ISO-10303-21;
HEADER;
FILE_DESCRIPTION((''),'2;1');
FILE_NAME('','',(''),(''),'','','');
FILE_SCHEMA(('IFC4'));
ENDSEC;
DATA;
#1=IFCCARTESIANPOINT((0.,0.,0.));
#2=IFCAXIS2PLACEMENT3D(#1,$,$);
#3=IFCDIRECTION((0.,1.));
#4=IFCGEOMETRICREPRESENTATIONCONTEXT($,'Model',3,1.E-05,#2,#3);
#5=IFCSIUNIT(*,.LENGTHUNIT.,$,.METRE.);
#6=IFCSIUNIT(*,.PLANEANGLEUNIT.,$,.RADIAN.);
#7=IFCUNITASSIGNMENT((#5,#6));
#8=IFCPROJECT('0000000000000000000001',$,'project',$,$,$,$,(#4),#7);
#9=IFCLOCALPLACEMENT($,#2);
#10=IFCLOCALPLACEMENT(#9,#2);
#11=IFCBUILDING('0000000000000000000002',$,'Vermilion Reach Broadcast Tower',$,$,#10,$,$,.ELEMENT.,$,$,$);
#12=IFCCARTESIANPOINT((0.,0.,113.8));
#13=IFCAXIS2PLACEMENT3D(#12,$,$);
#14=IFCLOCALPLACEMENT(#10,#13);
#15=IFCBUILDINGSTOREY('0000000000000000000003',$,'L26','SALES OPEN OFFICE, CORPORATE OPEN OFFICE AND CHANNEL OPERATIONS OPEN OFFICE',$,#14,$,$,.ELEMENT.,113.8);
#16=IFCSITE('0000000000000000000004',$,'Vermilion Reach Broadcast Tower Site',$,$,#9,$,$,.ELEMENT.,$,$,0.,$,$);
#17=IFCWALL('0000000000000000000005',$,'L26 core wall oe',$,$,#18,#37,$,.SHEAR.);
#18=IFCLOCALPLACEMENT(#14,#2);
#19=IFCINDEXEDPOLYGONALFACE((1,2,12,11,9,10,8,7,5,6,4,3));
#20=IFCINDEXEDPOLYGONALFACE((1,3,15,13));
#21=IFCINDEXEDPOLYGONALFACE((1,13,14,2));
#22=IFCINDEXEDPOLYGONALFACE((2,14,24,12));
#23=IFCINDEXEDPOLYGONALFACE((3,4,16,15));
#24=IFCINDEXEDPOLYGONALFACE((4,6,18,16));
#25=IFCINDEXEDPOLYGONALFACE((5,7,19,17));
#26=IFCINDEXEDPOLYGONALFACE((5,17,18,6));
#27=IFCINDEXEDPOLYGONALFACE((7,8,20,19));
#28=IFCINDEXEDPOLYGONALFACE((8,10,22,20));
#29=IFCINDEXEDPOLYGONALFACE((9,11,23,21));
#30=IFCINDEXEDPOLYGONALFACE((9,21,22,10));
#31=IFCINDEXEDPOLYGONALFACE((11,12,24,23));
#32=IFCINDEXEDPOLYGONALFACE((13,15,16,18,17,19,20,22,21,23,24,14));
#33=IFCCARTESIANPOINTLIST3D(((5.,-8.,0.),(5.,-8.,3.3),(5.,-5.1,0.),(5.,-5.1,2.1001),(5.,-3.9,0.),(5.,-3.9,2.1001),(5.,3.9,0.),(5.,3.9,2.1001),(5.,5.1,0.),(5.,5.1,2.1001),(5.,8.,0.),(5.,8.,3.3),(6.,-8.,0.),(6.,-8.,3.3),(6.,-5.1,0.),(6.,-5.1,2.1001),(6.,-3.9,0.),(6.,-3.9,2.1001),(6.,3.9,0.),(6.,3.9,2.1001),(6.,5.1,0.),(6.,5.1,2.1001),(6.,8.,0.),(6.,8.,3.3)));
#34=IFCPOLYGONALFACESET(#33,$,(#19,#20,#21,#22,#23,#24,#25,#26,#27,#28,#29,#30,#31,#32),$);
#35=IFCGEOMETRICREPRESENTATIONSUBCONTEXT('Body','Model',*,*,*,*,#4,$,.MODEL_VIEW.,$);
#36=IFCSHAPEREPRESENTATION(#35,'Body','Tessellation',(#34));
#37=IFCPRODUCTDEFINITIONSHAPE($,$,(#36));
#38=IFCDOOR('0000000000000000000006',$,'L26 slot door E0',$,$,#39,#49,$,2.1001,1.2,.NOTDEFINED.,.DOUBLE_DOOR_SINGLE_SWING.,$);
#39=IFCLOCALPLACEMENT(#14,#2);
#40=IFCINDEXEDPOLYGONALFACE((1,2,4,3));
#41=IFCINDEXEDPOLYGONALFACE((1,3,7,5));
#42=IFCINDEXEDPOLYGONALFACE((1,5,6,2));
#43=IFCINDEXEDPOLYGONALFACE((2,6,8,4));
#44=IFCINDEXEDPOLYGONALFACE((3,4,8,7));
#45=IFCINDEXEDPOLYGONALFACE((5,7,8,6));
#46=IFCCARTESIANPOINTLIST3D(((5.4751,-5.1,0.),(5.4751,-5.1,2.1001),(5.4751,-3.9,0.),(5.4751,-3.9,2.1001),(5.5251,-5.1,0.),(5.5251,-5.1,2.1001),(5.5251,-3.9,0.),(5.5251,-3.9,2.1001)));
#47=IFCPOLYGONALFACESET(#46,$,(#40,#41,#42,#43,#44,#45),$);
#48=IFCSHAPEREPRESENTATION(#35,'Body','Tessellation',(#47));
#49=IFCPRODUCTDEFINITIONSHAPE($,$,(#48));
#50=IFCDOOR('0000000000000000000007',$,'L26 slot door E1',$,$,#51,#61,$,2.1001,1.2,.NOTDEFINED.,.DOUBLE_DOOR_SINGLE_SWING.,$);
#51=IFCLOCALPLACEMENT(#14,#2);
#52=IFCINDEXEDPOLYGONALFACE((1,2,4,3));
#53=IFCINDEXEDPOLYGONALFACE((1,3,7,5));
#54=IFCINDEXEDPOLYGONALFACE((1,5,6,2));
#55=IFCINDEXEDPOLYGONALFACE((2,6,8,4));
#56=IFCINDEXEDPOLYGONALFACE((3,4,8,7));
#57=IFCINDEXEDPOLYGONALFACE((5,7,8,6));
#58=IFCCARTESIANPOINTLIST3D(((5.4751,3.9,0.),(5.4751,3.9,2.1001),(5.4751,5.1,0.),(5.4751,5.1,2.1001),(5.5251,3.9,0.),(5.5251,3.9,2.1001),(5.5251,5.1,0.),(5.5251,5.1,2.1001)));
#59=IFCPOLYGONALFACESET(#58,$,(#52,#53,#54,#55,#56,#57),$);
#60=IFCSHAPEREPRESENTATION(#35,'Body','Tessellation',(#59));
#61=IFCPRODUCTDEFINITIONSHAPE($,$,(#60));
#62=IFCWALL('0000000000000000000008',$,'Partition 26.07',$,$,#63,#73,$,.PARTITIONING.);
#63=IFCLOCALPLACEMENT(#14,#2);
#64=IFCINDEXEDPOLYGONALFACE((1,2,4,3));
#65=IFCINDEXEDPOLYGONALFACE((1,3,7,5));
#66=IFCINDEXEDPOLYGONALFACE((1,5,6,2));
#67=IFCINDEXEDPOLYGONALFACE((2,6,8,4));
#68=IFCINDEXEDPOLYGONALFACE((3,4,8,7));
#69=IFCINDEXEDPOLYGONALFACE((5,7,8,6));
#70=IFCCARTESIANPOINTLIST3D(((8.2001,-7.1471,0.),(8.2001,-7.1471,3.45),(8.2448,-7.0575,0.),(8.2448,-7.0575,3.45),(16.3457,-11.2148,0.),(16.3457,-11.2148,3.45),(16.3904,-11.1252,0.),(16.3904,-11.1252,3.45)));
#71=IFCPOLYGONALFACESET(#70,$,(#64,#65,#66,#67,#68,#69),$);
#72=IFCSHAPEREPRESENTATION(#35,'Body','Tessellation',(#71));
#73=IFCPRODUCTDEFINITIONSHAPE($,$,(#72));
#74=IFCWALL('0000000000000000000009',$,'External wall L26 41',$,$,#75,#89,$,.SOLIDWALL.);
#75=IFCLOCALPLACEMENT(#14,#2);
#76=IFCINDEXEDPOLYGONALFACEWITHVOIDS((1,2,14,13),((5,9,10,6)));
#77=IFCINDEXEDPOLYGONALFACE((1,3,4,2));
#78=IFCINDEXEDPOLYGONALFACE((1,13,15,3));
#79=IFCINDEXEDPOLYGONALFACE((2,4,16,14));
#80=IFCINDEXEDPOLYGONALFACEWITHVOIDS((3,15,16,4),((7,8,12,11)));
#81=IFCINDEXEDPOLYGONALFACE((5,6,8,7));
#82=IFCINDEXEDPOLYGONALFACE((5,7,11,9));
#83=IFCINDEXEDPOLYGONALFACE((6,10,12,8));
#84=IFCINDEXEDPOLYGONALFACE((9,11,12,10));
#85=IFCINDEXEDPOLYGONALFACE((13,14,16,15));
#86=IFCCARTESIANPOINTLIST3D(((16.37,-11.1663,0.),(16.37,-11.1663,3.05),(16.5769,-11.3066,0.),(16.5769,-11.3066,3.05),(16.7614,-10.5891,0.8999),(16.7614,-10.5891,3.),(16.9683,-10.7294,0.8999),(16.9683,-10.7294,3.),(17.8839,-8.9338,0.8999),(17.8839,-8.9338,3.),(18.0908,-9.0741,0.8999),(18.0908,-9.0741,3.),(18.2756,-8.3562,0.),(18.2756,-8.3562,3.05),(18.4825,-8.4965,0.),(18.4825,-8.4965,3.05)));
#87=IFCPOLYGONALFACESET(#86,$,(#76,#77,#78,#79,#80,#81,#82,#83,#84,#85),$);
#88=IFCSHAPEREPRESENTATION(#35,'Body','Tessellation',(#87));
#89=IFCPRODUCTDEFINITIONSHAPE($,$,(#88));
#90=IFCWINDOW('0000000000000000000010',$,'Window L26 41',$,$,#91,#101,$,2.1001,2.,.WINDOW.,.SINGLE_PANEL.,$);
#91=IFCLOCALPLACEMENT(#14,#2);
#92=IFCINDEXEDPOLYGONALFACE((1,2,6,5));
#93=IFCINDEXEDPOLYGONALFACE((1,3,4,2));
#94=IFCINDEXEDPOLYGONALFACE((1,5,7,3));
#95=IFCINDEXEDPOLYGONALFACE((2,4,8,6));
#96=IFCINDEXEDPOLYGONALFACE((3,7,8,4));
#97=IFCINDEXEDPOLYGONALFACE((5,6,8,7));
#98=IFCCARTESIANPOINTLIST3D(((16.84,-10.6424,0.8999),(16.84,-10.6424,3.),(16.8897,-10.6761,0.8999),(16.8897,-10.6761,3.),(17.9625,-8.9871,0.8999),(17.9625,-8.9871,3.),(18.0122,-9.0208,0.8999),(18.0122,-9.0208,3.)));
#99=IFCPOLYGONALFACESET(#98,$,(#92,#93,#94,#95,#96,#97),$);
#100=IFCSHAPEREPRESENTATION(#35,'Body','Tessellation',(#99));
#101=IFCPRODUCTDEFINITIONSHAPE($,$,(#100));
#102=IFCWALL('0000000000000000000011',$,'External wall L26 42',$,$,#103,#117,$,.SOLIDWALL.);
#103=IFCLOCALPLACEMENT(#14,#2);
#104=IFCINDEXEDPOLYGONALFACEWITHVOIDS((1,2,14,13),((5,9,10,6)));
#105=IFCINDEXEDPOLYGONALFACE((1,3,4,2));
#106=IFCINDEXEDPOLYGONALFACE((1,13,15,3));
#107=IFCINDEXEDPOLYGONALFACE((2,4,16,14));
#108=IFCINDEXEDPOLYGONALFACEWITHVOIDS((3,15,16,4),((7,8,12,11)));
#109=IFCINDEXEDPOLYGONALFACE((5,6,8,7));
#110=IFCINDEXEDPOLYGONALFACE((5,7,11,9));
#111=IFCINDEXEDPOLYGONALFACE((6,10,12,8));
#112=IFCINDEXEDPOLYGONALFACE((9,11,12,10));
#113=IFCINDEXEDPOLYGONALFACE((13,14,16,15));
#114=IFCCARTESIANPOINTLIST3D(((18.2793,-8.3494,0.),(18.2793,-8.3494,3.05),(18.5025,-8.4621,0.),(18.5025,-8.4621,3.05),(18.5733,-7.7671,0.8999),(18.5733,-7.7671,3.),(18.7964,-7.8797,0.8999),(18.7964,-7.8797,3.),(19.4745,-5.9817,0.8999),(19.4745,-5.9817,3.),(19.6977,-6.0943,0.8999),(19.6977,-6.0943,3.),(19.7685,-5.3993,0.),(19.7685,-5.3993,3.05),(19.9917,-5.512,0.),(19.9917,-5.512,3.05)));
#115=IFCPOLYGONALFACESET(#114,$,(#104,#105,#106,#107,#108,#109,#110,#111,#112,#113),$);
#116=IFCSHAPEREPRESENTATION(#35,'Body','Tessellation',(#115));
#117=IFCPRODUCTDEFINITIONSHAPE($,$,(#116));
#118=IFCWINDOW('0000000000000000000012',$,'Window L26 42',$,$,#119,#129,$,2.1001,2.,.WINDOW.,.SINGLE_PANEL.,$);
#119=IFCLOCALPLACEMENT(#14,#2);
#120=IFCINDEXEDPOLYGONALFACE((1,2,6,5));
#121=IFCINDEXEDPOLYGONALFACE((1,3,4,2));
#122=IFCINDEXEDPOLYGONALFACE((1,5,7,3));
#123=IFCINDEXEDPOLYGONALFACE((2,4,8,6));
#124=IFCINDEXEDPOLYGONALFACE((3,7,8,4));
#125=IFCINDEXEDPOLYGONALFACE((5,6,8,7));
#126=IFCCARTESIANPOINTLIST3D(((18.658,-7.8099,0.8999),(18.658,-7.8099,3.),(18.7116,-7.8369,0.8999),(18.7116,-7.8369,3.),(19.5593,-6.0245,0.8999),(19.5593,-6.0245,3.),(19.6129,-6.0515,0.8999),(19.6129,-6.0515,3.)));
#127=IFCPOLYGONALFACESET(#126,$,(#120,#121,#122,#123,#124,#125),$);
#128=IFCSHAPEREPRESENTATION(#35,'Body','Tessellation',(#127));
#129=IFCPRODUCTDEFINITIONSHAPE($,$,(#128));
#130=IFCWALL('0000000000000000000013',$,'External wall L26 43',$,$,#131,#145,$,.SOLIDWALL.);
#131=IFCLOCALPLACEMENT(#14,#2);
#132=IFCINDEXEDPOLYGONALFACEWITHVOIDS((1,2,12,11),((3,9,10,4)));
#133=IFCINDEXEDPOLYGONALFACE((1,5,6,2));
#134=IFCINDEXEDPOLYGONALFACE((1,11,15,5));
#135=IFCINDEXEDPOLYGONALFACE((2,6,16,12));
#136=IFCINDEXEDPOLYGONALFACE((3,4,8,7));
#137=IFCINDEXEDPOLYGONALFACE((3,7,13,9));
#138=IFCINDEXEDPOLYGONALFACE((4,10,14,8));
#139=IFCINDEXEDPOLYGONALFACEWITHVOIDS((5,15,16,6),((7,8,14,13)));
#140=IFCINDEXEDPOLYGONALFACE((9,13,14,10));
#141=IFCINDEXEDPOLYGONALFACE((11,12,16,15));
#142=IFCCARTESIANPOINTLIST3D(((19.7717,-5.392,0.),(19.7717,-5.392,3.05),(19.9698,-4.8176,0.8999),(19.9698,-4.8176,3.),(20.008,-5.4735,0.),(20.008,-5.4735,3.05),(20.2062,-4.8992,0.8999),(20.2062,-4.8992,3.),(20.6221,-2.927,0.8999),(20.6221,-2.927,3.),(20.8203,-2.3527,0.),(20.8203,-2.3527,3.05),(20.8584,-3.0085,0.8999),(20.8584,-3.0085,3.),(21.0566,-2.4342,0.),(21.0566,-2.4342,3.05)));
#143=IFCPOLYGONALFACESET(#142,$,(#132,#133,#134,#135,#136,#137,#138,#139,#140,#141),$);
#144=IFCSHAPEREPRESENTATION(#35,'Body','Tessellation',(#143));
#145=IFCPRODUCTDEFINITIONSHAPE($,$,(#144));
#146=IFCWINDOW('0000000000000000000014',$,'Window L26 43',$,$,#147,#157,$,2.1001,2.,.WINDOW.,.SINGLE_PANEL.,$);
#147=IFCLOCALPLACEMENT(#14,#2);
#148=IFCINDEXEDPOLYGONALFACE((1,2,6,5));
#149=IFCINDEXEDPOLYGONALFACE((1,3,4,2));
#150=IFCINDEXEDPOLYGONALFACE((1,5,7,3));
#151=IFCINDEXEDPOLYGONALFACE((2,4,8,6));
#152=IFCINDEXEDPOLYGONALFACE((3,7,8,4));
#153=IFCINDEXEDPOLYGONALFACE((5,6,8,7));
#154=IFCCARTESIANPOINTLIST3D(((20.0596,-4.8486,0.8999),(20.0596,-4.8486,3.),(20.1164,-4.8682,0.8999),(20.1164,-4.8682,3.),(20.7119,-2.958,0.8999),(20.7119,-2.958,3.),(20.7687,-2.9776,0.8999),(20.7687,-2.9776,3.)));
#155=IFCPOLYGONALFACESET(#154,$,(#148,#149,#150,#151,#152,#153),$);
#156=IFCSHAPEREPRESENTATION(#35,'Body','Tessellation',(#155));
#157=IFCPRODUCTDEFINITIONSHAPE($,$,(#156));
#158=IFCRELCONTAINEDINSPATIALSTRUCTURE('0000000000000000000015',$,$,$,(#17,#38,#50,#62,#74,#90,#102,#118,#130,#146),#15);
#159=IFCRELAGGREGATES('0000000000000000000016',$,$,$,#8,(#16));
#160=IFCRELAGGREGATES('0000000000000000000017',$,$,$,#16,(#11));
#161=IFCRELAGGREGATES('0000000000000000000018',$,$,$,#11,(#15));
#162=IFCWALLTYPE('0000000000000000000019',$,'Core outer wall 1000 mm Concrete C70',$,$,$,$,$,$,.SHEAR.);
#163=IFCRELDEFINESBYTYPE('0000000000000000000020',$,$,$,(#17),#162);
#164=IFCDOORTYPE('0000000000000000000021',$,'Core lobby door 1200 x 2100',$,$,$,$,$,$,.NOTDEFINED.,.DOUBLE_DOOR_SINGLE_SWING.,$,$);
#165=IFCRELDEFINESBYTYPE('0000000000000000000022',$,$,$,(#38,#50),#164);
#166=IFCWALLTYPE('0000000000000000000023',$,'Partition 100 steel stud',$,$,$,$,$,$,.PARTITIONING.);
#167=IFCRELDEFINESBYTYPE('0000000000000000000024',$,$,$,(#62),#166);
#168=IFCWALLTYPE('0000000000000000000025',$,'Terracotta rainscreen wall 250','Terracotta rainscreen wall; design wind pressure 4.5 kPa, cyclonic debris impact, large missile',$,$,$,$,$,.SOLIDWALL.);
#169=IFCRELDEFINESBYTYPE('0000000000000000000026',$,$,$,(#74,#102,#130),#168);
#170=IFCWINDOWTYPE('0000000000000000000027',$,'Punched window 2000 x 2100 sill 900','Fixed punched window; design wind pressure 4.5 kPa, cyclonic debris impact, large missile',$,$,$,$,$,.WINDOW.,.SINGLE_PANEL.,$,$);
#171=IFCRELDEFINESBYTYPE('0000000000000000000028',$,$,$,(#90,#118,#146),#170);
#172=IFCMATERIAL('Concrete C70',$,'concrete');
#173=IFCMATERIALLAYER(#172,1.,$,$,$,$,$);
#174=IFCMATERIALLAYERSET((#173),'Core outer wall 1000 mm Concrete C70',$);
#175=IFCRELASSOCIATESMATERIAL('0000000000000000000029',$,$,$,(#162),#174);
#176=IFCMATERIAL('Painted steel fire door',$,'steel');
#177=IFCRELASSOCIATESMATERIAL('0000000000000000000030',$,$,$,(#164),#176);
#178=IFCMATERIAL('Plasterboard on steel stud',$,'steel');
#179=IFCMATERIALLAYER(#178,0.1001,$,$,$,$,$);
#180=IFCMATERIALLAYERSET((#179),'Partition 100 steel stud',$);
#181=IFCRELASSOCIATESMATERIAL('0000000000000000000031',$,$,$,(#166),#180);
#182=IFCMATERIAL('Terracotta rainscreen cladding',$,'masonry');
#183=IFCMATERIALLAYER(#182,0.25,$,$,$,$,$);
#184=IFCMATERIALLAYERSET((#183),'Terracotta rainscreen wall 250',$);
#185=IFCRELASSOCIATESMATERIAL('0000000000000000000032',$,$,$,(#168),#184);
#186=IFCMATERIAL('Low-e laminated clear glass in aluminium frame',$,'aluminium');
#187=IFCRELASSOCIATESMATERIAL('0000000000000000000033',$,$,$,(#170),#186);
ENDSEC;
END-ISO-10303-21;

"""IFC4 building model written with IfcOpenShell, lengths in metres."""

from ifc_helpers import new_model, si_unit, direction, frame, frame_2d, origin, place, context, subcontext, project, spatial, rectangle, extrude, material, layer, layer_set, type_object, element, fill, save


model = new_model("IFC4")

# Units and contexts
model_context = context("Model", 3, precision=1e-05, world=origin(), true_north=direction((0.0, 1.0)))
body_context = subcontext(model_context, "Body", "Model", "MODEL_VIEW")
ifc_project = project(units=[si_unit("LENGTHUNIT", "METRE"), si_unit("PLANEANGLEUNIT", "RADIAN")], contexts=[model_context])

# Site, building, storey
site_placement = place(None, origin())
site = spatial("IfcSite", under=ifc_project, at=site_placement, Name="Vermilion Reach Broadcast Tower Site", CompositionType="ELEMENT", RefElevation=0.0)
building_placement = place(site_placement, origin())
building = spatial("IfcBuilding", under=site, at=building_placement, Name="Vermilion Reach Broadcast Tower", CompositionType="ELEMENT")
storey_placement = place(building_placement, frame((0.0, 0.0, 113.8)))
storey = spatial("IfcBuildingStorey", under=building, at=storey_placement, Name="L26", Description="SALES OPEN OFFICE, CORPORATE OPEN OFFICE AND CHANNEL OPERATIONS OPEN OFFICE", CompositionType="ELEMENT", Elevation=113.8)

# Wall, openings, doors
ifc_material_1 = material(Name="Concrete C70", Category="concrete")
ifc_layer_1 = layer(ifc_material_1, 1.0)
ifc_layer_set_1 = layer_set([ifc_layer_1], Name="Core outer wall 1000 mm Concrete C70")
wall_type_1 = type_object("IfcWallType", Name="Core outer wall 1000 mm Concrete C70", PredefinedType="SHEAR", material=ifc_layer_set_1)
wall_1_placement = place(storey_placement, frame((5.5, -8.0, 0.0), z_axis=(0.0, 0.0, 1.0), x_axis=(0.0, 1.0, 0.0)))
wall_1 = element("IfcWall", 1, at=wall_1_placement, inside=storey, type_object=wall_type_1, Name="L26 core wall oe", PredefinedType="SHEAR", context=body_context, shape_type="SweptSolid", body=[
    extrude(rectangle(XDim=16.0, YDim=1.0, at=frame_2d((8.0, 0.0))), origin(), (0.0, 0.0, 1.0), 3.3),
])
opening_1_placement = place(wall_1_placement, frame((2.8999, 0.0, 0.0)))
opening_1 = element("IfcOpeningElement", 2, at=opening_1_placement, cuts=wall_1, PredefinedType="OPENING", context=body_context, shape_type="SweptSolid", body=[
    extrude(rectangle(XDim=1.2, YDim=2.1001, at=frame_2d((0.6001, 1.05))), frame((0.0, 0.51, 0.0), z_axis=(0.0, -1.0, 0.0), x_axis=(1.0, 0.0, 0.0)), (0.0, 0.0, 1.0), 1.02),
])
opening_2_placement = place(wall_1_placement, frame((11.8999, 0.0, 0.0)))
opening_2 = element("IfcOpeningElement", 3, at=opening_2_placement, cuts=wall_1, PredefinedType="OPENING", context=body_context, shape_type="SweptSolid", body=[
    extrude(rectangle(XDim=1.2, YDim=2.1001, at=frame_2d((0.6001, 1.05))), frame((0.0, 0.51, 0.0), z_axis=(0.0, -1.0, 0.0), x_axis=(1.0, 0.0, 0.0)), (0.0, 0.0, 1.0), 1.02),
])
ifc_material_2 = material(Name="Painted steel fire door", Category="steel")
door_type_1 = type_object("IfcDoorType", Name="Core lobby door 1200 x 2100", OperationType="DOUBLE_DOOR_SINGLE_SWING", PredefinedType="NOTDEFINED", material=ifc_material_2)
door_1_placement = place(opening_1_placement, origin())
door_1 = element("IfcDoor", 4, at=door_1_placement, inside=storey, type_object=door_type_1, Name="L26 slot door E0", OperationType="DOUBLE_DOOR_SINGLE_SWING", OverallHeight=2.1001, OverallWidth=1.2, PredefinedType="NOTDEFINED", context=body_context, shape_type="SweptSolid", body=[
    extrude(rectangle(XDim=1.2, YDim=2.1001, at=frame_2d((0.6001, 1.05))), frame((0.0, 0.0249, 0.0), z_axis=(0.0, -1.0, 0.0), x_axis=(1.0, 0.0, 0.0)), (0.0, 0.0, 1.0), 0.05),
])
fill(opening_1, door_1)
door_2_placement = place(opening_2_placement, origin())
door_2 = element("IfcDoor", 5, at=door_2_placement, inside=storey, type_object=door_type_1, Name="L26 slot door E1", OperationType="DOUBLE_DOOR_SINGLE_SWING", OverallHeight=2.1001, OverallWidth=1.2, PredefinedType="NOTDEFINED", context=body_context, shape_type="SweptSolid", body=[
    extrude(rectangle(XDim=1.2, YDim=2.1001, at=frame_2d((0.6001, 1.05))), frame((0.0, 0.0249, 0.0), z_axis=(0.0, -1.0, 0.0), x_axis=(1.0, 0.0, 0.0)), (0.0, 0.0, 1.0), 0.05),
])
fill(opening_2, door_2)

# Wall
ifc_material_3 = material(Name="Plasterboard on steel stud", Category="steel")
ifc_layer_2 = layer(ifc_material_3, 0.1001)
ifc_layer_set_2 = layer_set([ifc_layer_2], Name="Partition 100 steel stud")
wall_type_2 = type_object("IfcWallType", Name="Partition 100 steel stud", PredefinedType="PARTITIONING", material=ifc_layer_set_2)
wall_2_placement = place(storey_placement, frame((16.3679, -11.1699, 0.0), z_axis=(0.0, 0.0, 1.0), x_axis=(-0.894652, 0.446763, 0.0)))
element("IfcWall", 6, at=wall_2_placement, inside=storey, type_object=wall_type_2, Name="Partition 26.07", PredefinedType="PARTITIONING", context=body_context, shape_type="SweptSolid", body=[
    extrude(rectangle(XDim=9.1047, YDim=0.1001, at=frame_2d((4.5522, 0.0))), origin(), (0.0, 0.0, 1.0), 3.45),
])

# Walls, openings, windows
ifc_material_4 = material(Name="Terracotta rainscreen cladding", Category="masonry")
ifc_layer_3 = layer(ifc_material_4, 0.25)
ifc_layer_set_3 = layer_set([ifc_layer_3], Name="Terracotta rainscreen wall 250")
wall_type_3 = type_object("IfcWallType", Name="Terracotta rainscreen wall 250", Description="Terracotta rainscreen wall; design wind pressure 4.5 kPa, cyclonic debris impact, large missile", PredefinedType="SOLIDWALL", material=ifc_layer_set_3)
wall_3_placement = place(storey_placement, frame((16.4734, -11.2366, 0.0), z_axis=(0.0, 0.0, 1.0), x_axis=(0.561238, 0.827655, 0.0)))
wall_3 = element("IfcWall", 7, at=wall_3_placement, inside=storey, type_object=wall_type_3, Name="External wall L26 41", PredefinedType="SOLIDWALL", context=body_context, shape_type="SweptSolid", body=[
    extrude(rectangle(XDim=3.3953, YDim=0.25, at=frame_2d((1.6978, 0.0))), origin(), (0.0, 0.0, 1.0), 3.05),
])
opening_3_placement = place(wall_3_placement, frame((0.6975, 0.0, 0.8999)))
opening_3 = element("IfcOpeningElement", 8, at=opening_3_placement, cuts=wall_3, PredefinedType="OPENING", context=body_context, shape_type="SweptSolid", body=[
    extrude(rectangle(XDim=2.0, YDim=2.1001, at=frame_2d((1.0, 1.05))), frame((0.0, 0.135, 0.0), z_axis=(0.0, -1.0, 0.0), x_axis=(1.0, 0.0, 0.0)), (0.0, 0.0, 1.0), 0.27),
])
ifc_material_5 = material(Name="Low-e laminated clear glass in aluminium frame", Category="aluminium")
window_type = type_object("IfcWindowType", Name="Punched window 2000 x 2100 sill 900", Description="Fixed punched window; design wind pressure 4.5 kPa, cyclonic debris impact, large missile", PartitioningType="SINGLE_PANEL", PredefinedType="WINDOW", material=ifc_material_5)
window_1_placement = place(opening_3_placement, origin())
window_1 = element("IfcWindow", 9, at=window_1_placement, inside=storey, type_object=window_type, Name="Window L26 41", OverallHeight=2.1001, OverallWidth=2.0, PartitioningType="SINGLE_PANEL", PredefinedType="WINDOW", context=body_context, shape_type="SweptSolid", body=[
    extrude(rectangle(XDim=2.0, YDim=2.1001, at=frame_2d((1.0, 1.05))), frame((0.0, 0.03, 0.0), z_axis=(0.0, -1.0, 0.0), x_axis=(1.0, 0.0, 0.0)), (0.0, 0.0, 1.0), 0.0601),
])
fill(opening_3, window_1)
wall_4_placement = place(storey_placement, frame((18.3909, -8.4058, 0.0), z_axis=(0.0, 0.0, 1.0), x_axis=(0.450638, 0.892707, 0.0)))
wall_4 = element("IfcWall", 10, at=wall_4_placement, inside=storey, type_object=wall_type_3, Name="External wall L26 42", PredefinedType="SOLIDWALL", context=body_context, shape_type="SweptSolid", body=[
    extrude(rectangle(XDim=3.3047, YDim=0.25, at=frame_2d((1.6523, 0.0))), origin(), (0.0, 0.0, 1.0), 3.05),
])
opening_4_placement = place(wall_4_placement, frame((0.6523, 0.0, 0.8999)))
opening_4 = element("IfcOpeningElement", 11, at=opening_4_placement, cuts=wall_4, PredefinedType="OPENING", context=body_context, shape_type="SweptSolid", body=[
    extrude(rectangle(XDim=2.0, YDim=2.1001, at=frame_2d((1.0, 1.05))), frame((0.0, 0.135, 0.0), z_axis=(0.0, -1.0, 0.0), x_axis=(1.0, 0.0, 0.0)), (0.0, 0.0, 1.0), 0.27),
])
window_2_placement = place(opening_4_placement, origin())
window_2 = element("IfcWindow", 12, at=window_2_placement, inside=storey, type_object=window_type, Name="Window L26 42", OverallHeight=2.1001, OverallWidth=2.0, PartitioningType="SINGLE_PANEL", PredefinedType="WINDOW", context=body_context, shape_type="SweptSolid", body=[
    extrude(rectangle(XDim=2.0, YDim=2.1001, at=frame_2d((1.0, 1.05))), frame((0.0, 0.03, 0.0), z_axis=(0.0, -1.0, 0.0), x_axis=(1.0, 0.0, 0.0)), (0.0, 0.0, 1.0), 0.0601),
])
fill(opening_4, window_2)
wall_5_placement = place(storey_placement, frame((19.8899, -5.4326, 0.0), z_axis=(0.0, 0.0, 1.0), x_axis=(0.326143, 0.945321, 0.0)))
wall_5 = element("IfcWall", 13, at=wall_5_placement, inside=storey, type_object=wall_type_3, Name="External wall L26 43", PredefinedType="SOLIDWALL", context=body_context, shape_type="SweptSolid", body=[
    extrude(rectangle(XDim=3.2151, YDim=0.25, at=frame_2d((1.6074, 0.0))), origin(), (0.0, 0.0, 1.0), 3.05),
])
opening_5_placement = place(wall_5_placement, frame((0.6074, 0.0, 0.8999)))
opening_5 = element("IfcOpeningElement", 14, at=opening_5_placement, cuts=wall_5, PredefinedType="OPENING", context=body_context, shape_type="SweptSolid", body=[
    extrude(rectangle(XDim=2.0, YDim=2.1001, at=frame_2d((1.0, 1.05))), frame((0.0, 0.135, 0.0), z_axis=(0.0, -1.0, 0.0), x_axis=(1.0, 0.0, 0.0)), (0.0, 0.0, 1.0), 0.27),
])
window_3_placement = place(opening_5_placement, origin())
window_3 = element("IfcWindow", 15, at=window_3_placement, inside=storey, type_object=window_type, Name="Window L26 43", OverallHeight=2.1001, OverallWidth=2.0, PartitioningType="SINGLE_PANEL", PredefinedType="WINDOW", context=body_context, shape_type="SweptSolid", body=[
    extrude(rectangle(XDim=2.0, YDim=2.1001, at=frame_2d((1.0, 1.05))), frame((0.0, 0.03, 0.0), z_axis=(0.0, -1.0, 0.0), x_axis=(1.0, 0.0, 0.0)), (0.0, 0.0, 1.0), 0.0601),
])
fill(opening_5, window_3)

save(model, "model.ifc")
